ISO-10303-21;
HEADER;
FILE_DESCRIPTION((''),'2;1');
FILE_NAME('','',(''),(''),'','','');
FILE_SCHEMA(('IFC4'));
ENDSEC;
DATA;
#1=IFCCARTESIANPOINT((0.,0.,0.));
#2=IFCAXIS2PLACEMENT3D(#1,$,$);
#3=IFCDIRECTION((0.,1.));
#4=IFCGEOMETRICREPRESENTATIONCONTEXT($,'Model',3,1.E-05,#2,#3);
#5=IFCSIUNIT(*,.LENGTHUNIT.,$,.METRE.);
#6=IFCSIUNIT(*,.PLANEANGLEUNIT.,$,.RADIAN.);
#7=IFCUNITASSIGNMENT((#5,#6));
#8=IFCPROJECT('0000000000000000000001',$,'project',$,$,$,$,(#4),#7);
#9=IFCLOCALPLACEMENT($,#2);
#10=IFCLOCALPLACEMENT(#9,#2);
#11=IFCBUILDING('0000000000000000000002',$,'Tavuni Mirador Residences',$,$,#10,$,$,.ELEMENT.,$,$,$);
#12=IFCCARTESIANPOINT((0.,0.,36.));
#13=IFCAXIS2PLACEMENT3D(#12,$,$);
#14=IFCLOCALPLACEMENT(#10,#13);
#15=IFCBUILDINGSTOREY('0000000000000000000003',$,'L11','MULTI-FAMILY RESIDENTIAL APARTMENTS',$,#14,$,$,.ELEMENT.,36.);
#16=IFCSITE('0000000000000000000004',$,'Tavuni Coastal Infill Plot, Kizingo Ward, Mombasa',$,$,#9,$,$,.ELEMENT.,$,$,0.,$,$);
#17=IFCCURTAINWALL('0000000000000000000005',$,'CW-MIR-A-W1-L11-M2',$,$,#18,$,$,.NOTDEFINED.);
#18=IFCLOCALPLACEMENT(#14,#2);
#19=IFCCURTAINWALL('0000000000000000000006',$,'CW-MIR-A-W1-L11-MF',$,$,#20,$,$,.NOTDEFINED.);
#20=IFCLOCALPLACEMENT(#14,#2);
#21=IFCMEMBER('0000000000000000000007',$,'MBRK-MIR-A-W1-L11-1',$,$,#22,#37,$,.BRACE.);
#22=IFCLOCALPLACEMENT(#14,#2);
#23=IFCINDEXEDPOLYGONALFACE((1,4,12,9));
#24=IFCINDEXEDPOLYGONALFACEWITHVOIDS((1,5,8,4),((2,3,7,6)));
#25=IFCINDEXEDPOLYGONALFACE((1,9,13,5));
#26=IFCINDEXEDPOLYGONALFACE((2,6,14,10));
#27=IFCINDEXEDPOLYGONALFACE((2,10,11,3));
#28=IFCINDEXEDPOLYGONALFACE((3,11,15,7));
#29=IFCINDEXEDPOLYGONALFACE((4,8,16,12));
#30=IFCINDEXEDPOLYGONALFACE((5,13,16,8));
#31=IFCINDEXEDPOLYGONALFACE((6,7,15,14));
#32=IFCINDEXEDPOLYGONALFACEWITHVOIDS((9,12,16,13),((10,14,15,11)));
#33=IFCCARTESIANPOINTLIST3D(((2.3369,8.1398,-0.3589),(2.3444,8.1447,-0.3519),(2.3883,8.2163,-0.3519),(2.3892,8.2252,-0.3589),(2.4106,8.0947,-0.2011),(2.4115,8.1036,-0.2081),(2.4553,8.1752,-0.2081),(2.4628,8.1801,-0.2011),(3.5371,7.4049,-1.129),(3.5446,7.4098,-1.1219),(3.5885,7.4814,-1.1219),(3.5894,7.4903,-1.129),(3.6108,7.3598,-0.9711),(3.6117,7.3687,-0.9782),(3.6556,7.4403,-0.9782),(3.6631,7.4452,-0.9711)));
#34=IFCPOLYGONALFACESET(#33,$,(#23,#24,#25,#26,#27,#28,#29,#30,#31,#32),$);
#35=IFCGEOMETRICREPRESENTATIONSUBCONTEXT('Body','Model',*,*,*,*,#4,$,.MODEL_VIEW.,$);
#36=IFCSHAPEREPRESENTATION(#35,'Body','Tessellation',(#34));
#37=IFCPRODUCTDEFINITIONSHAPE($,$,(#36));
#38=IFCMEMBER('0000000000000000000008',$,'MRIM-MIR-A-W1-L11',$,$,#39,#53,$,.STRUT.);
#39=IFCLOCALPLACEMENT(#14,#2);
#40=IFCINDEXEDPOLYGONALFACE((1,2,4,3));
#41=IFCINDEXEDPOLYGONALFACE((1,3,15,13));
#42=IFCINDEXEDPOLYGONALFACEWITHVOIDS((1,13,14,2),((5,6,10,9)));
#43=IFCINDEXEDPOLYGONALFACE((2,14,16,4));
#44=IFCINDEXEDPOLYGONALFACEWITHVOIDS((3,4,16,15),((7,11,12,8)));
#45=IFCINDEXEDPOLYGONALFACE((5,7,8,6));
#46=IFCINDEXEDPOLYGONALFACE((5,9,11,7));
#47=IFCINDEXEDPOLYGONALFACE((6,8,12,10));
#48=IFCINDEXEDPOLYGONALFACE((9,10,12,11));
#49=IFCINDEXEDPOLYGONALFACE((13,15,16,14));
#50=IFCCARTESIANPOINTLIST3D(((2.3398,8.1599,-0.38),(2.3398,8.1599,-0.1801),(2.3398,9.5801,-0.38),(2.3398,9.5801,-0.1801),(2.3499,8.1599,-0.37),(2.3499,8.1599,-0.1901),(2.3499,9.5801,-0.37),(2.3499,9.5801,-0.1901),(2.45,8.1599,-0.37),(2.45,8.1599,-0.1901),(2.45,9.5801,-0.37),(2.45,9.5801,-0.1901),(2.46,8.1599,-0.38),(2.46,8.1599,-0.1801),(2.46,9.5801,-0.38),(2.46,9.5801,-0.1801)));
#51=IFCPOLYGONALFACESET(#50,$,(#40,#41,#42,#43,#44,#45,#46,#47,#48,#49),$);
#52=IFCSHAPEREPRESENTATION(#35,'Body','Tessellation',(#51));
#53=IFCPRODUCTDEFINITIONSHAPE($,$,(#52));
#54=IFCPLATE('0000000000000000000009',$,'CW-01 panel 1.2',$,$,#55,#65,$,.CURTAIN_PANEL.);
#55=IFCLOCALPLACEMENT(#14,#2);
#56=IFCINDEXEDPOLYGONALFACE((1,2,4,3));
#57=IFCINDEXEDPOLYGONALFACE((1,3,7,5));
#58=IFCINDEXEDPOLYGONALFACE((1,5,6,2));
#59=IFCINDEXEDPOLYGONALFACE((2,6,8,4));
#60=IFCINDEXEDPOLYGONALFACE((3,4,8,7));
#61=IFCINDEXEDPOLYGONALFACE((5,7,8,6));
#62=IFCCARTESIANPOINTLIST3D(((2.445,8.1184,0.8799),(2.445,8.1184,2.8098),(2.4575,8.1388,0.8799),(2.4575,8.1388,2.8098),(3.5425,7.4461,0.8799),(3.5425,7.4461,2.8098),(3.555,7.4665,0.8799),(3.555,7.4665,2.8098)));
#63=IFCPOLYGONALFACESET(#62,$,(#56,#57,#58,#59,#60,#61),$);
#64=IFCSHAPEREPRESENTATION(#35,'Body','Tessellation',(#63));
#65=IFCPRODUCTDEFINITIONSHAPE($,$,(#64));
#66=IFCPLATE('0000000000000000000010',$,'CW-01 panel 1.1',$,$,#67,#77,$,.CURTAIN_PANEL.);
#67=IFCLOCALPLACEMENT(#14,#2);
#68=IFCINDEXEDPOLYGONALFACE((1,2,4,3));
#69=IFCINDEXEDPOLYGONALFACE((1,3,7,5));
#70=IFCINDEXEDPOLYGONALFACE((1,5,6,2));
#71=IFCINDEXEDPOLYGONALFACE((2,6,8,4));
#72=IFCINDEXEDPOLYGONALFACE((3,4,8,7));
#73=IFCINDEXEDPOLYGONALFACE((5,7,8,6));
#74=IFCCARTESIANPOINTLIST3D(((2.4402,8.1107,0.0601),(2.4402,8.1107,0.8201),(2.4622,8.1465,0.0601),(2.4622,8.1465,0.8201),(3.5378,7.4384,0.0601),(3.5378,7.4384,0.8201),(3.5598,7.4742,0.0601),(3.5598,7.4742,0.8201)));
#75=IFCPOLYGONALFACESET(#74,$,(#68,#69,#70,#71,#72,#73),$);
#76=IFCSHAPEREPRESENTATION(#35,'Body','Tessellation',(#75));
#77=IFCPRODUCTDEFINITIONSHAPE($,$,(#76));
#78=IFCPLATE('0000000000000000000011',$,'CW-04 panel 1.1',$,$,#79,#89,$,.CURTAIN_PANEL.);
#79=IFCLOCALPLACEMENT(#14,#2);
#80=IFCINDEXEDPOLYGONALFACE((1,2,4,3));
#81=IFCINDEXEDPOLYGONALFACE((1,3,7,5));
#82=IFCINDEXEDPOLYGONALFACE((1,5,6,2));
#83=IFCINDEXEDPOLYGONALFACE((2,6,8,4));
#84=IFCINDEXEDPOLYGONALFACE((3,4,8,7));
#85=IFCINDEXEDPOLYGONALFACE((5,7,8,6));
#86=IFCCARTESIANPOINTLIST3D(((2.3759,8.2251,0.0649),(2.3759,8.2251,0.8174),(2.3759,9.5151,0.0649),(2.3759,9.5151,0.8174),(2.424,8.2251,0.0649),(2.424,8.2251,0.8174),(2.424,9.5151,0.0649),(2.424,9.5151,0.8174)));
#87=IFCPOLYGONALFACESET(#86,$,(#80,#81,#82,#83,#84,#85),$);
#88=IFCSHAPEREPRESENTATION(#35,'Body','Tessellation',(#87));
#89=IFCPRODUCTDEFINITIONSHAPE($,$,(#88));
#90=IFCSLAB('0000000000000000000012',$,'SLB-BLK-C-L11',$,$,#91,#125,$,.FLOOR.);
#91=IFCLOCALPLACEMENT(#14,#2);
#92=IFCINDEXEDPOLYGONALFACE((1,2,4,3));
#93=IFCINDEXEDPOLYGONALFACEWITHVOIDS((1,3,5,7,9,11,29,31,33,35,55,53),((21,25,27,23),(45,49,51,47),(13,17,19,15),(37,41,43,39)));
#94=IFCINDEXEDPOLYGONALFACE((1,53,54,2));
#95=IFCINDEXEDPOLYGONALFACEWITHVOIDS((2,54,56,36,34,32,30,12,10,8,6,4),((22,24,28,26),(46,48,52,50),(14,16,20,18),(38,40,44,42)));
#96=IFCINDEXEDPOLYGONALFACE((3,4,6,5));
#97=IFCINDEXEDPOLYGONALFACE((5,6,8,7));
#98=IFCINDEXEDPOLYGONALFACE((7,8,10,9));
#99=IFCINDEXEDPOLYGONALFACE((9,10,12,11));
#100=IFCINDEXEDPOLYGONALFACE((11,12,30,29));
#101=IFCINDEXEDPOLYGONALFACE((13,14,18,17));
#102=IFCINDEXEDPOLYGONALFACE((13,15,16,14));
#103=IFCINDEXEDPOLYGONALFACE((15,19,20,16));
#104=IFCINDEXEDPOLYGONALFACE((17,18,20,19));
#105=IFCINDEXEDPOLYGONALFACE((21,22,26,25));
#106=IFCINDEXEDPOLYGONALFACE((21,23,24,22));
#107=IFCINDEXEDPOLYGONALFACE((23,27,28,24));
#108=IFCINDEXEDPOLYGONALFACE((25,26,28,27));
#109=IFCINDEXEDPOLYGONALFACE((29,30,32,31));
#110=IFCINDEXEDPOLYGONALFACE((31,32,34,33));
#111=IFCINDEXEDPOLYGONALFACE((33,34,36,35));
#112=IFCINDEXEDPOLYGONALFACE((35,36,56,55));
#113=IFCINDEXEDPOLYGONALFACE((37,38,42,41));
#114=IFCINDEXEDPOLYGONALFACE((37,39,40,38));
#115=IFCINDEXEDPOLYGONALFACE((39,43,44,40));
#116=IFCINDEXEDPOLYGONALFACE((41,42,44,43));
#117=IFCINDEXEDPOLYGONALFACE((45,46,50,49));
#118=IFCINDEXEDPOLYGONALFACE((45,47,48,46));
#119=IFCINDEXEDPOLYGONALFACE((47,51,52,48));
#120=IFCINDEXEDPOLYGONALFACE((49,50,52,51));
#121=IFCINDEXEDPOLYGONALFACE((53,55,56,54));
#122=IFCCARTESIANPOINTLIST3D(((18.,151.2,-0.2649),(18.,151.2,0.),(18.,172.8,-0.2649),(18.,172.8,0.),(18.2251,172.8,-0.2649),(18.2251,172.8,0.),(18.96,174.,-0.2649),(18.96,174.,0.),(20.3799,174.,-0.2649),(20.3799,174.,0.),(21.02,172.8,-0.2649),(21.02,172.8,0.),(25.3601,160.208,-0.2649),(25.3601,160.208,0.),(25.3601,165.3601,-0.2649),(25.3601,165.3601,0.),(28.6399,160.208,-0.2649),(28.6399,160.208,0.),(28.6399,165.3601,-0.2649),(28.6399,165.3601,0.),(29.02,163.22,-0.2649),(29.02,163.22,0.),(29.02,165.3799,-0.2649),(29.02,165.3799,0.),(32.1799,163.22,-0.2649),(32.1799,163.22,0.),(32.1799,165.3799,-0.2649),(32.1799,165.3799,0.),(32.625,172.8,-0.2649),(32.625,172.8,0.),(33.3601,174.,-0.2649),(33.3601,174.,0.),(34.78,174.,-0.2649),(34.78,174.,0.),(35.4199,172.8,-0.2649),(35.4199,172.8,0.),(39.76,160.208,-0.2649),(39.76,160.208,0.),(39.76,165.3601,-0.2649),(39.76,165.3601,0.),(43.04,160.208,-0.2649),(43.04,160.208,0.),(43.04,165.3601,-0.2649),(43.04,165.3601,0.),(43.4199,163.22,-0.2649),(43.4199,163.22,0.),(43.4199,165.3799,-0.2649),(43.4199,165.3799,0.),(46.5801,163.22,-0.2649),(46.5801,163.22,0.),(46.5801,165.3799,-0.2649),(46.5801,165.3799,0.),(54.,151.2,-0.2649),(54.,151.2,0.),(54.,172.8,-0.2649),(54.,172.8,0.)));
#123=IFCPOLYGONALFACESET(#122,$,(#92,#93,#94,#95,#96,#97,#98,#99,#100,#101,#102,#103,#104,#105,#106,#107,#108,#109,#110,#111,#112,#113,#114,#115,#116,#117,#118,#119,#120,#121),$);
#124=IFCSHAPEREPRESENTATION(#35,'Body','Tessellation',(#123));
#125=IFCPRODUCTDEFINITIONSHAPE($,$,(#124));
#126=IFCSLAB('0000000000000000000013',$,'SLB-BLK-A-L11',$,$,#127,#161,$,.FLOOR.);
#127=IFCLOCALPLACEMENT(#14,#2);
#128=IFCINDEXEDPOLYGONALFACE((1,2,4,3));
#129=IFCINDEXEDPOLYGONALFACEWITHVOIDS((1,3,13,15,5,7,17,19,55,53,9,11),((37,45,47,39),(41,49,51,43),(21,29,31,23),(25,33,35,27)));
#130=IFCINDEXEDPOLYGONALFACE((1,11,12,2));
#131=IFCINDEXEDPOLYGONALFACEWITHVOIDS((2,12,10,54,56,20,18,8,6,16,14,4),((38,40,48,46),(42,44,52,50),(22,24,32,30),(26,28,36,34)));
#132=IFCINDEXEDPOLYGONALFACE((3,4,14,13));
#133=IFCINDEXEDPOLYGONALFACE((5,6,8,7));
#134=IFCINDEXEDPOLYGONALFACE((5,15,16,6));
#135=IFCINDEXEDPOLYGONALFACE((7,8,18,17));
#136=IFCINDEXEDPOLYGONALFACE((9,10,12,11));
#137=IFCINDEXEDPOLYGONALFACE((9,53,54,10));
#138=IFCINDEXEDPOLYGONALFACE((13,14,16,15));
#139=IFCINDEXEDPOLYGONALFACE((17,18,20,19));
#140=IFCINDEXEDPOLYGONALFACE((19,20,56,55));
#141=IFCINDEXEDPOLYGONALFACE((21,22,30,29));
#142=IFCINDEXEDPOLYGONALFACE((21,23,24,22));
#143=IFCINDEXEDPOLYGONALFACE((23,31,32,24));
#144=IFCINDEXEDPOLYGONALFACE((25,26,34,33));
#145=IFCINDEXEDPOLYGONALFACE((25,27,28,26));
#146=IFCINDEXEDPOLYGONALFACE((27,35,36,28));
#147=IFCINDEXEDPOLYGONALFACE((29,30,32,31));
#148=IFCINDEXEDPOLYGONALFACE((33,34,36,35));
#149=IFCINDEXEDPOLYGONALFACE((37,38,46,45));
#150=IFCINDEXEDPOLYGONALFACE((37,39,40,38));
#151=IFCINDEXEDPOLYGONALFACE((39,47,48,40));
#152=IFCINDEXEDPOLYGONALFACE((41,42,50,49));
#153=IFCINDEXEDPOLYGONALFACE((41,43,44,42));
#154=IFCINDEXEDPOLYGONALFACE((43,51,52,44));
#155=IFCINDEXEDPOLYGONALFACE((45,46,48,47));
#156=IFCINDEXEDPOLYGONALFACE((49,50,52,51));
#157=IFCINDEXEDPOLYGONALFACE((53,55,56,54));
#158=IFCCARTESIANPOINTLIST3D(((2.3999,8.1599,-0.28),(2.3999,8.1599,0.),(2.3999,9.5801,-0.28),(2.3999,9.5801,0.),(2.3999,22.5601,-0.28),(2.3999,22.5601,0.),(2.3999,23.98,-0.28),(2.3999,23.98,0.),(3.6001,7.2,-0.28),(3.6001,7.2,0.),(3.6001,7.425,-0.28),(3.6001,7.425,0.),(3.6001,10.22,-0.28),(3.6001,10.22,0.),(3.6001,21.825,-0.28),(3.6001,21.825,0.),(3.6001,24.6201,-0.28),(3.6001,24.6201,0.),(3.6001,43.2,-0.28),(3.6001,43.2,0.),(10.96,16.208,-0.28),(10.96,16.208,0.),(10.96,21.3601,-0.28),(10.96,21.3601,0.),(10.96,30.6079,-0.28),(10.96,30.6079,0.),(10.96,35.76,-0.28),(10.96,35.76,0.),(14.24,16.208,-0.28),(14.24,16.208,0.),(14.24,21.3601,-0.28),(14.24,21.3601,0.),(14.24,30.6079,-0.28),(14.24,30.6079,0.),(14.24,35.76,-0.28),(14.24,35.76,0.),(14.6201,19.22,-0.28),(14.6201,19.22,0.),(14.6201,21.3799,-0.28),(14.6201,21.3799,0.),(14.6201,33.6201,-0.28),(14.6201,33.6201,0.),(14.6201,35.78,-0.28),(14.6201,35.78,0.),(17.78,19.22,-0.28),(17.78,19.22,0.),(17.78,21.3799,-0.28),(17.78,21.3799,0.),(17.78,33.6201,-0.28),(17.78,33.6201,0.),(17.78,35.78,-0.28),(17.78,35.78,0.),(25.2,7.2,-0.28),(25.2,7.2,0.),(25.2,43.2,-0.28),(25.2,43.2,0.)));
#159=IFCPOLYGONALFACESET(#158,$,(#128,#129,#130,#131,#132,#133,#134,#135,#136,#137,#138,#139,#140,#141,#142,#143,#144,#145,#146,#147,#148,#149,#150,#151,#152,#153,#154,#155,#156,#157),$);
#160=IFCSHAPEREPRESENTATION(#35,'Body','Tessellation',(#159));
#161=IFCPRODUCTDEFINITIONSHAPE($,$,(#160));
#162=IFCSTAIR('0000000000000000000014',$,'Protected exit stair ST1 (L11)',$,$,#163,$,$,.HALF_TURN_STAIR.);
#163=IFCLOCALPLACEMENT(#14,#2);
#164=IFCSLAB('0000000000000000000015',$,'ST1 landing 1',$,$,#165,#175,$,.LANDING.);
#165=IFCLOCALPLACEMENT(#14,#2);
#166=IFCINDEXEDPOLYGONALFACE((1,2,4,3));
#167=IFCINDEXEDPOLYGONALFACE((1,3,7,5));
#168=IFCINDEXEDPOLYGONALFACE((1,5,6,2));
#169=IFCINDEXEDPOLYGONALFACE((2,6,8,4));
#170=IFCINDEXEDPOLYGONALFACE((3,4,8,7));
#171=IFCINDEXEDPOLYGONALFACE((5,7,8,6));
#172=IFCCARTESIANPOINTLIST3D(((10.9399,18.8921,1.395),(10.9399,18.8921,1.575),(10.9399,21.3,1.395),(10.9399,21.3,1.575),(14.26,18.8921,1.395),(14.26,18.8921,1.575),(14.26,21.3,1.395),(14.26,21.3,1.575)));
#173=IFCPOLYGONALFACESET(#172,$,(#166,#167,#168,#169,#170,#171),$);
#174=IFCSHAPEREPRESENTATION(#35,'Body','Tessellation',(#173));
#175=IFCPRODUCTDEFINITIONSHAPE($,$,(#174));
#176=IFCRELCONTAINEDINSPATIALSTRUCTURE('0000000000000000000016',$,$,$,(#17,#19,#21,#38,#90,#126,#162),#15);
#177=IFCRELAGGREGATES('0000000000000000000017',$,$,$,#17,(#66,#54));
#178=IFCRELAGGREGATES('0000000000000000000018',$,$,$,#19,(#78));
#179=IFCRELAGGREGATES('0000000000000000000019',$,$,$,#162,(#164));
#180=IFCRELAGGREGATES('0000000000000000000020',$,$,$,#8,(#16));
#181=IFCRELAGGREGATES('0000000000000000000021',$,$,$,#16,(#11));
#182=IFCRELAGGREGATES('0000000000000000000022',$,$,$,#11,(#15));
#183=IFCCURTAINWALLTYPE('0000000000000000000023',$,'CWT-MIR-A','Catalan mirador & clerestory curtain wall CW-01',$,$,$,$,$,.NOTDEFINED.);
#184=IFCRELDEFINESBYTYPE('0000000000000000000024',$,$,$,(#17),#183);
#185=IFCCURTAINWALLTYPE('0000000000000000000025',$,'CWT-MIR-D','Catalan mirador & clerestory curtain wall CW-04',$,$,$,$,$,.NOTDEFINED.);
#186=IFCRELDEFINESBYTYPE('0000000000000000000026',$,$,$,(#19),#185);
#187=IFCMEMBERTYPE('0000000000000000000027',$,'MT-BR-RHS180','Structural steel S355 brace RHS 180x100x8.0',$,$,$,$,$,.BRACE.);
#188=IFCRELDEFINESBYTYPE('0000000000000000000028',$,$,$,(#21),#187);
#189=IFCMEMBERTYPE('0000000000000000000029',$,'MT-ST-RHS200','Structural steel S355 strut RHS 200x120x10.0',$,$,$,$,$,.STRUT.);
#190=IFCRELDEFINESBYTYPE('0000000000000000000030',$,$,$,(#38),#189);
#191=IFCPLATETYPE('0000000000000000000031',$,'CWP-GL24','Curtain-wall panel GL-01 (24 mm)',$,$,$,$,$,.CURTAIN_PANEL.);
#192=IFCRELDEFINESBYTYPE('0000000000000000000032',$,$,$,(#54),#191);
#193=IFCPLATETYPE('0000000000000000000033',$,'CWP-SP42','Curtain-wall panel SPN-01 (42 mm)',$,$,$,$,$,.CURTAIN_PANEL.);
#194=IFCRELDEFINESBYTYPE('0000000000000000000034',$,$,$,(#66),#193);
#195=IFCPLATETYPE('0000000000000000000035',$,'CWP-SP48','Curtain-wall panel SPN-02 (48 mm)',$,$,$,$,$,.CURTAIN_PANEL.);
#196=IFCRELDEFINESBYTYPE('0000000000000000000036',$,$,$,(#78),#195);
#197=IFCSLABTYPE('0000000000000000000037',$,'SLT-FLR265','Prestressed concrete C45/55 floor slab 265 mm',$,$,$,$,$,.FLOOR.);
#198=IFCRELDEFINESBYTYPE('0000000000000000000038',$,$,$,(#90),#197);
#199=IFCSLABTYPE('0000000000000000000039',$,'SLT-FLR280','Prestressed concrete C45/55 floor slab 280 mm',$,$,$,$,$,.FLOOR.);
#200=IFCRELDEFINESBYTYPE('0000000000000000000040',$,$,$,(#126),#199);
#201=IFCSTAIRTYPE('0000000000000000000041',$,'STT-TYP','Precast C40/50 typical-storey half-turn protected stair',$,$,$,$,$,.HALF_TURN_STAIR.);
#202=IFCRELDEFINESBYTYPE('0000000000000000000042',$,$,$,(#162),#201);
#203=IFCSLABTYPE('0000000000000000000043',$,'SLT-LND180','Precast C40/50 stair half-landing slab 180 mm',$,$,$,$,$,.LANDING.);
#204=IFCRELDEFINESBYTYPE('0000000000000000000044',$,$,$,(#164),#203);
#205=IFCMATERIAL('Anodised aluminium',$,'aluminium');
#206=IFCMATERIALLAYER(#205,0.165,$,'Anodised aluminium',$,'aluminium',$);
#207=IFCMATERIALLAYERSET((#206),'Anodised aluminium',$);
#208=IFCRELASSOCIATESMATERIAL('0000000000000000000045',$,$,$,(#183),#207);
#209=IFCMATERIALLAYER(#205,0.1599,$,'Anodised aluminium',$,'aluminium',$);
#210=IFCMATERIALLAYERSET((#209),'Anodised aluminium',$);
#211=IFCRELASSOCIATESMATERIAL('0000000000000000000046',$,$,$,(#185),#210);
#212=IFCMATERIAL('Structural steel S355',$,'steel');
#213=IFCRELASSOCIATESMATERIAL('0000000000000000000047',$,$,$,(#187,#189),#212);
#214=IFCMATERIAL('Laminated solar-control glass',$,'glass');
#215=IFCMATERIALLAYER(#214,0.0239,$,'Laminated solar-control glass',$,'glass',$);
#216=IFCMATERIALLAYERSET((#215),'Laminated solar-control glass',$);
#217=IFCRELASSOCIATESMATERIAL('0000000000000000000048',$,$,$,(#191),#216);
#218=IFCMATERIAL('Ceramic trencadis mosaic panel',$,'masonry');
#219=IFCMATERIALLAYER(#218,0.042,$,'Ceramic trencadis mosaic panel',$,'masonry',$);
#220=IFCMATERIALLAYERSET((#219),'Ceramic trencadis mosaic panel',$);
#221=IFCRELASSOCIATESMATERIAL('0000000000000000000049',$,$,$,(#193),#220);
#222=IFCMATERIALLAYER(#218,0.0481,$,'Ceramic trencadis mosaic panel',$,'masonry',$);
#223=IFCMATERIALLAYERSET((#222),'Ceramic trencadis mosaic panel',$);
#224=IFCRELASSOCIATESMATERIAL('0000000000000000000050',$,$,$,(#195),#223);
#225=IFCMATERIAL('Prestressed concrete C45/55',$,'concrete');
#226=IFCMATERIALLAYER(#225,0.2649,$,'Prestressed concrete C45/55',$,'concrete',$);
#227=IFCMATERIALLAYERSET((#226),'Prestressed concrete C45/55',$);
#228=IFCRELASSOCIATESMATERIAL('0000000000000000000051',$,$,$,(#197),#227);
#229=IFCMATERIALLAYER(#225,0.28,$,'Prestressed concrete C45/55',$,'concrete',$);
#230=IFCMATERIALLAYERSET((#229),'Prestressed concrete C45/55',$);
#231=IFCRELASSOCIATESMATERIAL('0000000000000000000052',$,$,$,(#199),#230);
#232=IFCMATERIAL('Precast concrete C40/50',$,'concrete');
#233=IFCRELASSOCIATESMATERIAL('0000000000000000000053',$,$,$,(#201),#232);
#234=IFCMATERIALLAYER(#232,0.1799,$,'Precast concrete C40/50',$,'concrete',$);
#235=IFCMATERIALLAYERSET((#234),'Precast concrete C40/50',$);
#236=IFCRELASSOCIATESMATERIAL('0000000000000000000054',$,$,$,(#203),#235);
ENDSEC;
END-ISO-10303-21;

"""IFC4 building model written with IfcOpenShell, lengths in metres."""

from ifc_helpers import new_model, si_unit, direction, frame, origin, origin_2d, place, context, subcontext, project, spatial, polyline, rectangle, hollow_rectangle, outline, extrude, material, layer, layer_set, material_profile, profile_set, type_object, element, aggregate, save


model = new_model("IFC4")

# Units and contexts
model_context = context("Model", 3, precision=1e-05, world=origin(), true_north=direction((0.0, 1.0)))
body_context = subcontext(model_context, "Body", "Model", "MODEL_VIEW")
ifc_project = project(units=[si_unit("LENGTHUNIT", "METRE"), si_unit("PLANEANGLEUNIT", "RADIAN")], contexts=[model_context])

# Site, building, storey
site_placement = place(None, origin())
site = spatial("IfcSite", under=ifc_project, at=site_placement, Name="Tavuni Coastal Infill Plot, Kizingo Ward, Mombasa", CompositionType="ELEMENT", RefElevation=0.0)
building_placement = place(site_placement, origin())
building = spatial("IfcBuilding", under=site, at=building_placement, Name="Tavuni Mirador Residences", CompositionType="ELEMENT")
storey_placement = place(building_placement, frame((0.0, 0.0, 36.0)))
storey = spatial("IfcBuildingStorey", under=building, at=storey_placement, Name="L11", Description="MULTI-FAMILY RESIDENTIAL APARTMENTS", CompositionType="ELEMENT", Elevation=36.0)

# Shared definitions
ifc_material_1 = material(Name="Precast concrete C40/50", Category="concrete")

# Curtain wall
ifc_material_2 = material(Name="Anodised aluminium", Category="aluminium")
ifc_layer_1 = layer(ifc_material_2, 0.165, Name="Anodised aluminium", Category="aluminium")
ifc_layer_set_1 = layer_set([ifc_layer_1], Name="Anodised aluminium")
curtain_wall_type_1 = type_object("IfcCurtainWallType", Name="CWT-MIR-A", Description="Catalan mirador & clerestory curtain wall CW-01", PredefinedType="NOTDEFINED", material=ifc_layer_set_1)
curtain_wall_1_placement = place(storey_placement, origin())
curtain_wall_1 = element("IfcCurtainWall", 1, at=curtain_wall_1_placement, inside=storey, type_object=curtain_wall_type_1, Name="CW-MIR-A-W1-L11-M2", PredefinedType="NOTDEFINED")

# Curtain wall
ifc_layer_2 = layer(ifc_material_2, 0.1599, Name="Anodised aluminium", Category="aluminium")
ifc_layer_set_2 = layer_set([ifc_layer_2], Name="Anodised aluminium")
curtain_wall_type_2 = type_object("IfcCurtainWallType", Name="CWT-MIR-D", Description="Catalan mirador & clerestory curtain wall CW-04", PredefinedType="NOTDEFINED", material=ifc_layer_set_2)
curtain_wall_2_placement = place(storey_placement, origin())
curtain_wall_2 = element("IfcCurtainWall", 2, at=curtain_wall_2_placement, inside=storey, type_object=curtain_wall_type_2, Name="CW-MIR-A-W1-L11-MF", PredefinedType="NOTDEFINED")

# Members
ifc_material_3 = material(Name="Structural steel S355", Category="steel")
ifc_material_profile_1 = material_profile(ifc_material_3, hollow_rectangle(XDim=0.1001, YDim=0.1799, WallThickness=0.0081, at=origin_2d()), Name="RHS 180x100x8.0", Category="steel")
ifc_profile_set_1 = profile_set([ifc_material_profile_1], Name="Structural steel S355")
member_type_1 = type_object("IfcMemberType", Name="MT-BR-RHS180", Description="Structural steel S355 brace RHS 180x100x8.0", PredefinedType="BRACE", material=ifc_profile_set_1)
member_1_placement = place(storey_placement, frame((3.6001, 7.425, -1.05), z_axis=(-0.748163, 0.45809, 0.480005), x_axis=(-0.52218, -0.852836, 0.0)))
element("IfcMember", 3, at=member_1_placement, inside=storey, type_object=member_type_1, Name="MBRK-MIR-A-W1-L11-1", PredefinedType="BRACE", context=body_context, shape_type="SweptSolid", body=[
    extrude(hollow_rectangle(XDim=0.1001, YDim=0.1799, WallThickness=0.0081, at=origin_2d()), origin(), (0.0, 0.0, 1.0), 1.6042),
])
ifc_material_profile_2 = material_profile(ifc_material_3, hollow_rectangle(XDim=0.1201, YDim=0.2, WallThickness=0.01, at=origin_2d()), Name="RHS 200x120x10.0", Category="steel")
ifc_profile_set_2 = profile_set([ifc_material_profile_2], Name="Structural steel S355")
member_type_2 = type_object("IfcMemberType", Name="MT-ST-RHS200", Description="Structural steel S355 strut RHS 200x120x10.0", PredefinedType="STRUT", material=ifc_profile_set_2)
member_2_placement = place(storey_placement, frame((2.3999, 8.1599, -0.28), z_axis=(0.0, 1.0, 0.0), x_axis=(-1.0, 0.0, 0.0)))
element("IfcMember", 4, at=member_2_placement, inside=storey, type_object=member_type_2, Name="MRIM-MIR-A-W1-L11", PredefinedType="STRUT", context=body_context, shape_type="SweptSolid", body=[
    extrude(hollow_rectangle(XDim=0.1201, YDim=0.2, WallThickness=0.01, at=origin_2d()), origin(), (0.0, 0.0, 1.0), 1.4202),
])

# Plates
ifc_material_4 = material(Name="Laminated solar-control glass", Category="glass")
ifc_layer_3 = layer(ifc_material_4, 0.0239, Name="Laminated solar-control glass", Category="glass")
ifc_layer_set_3 = layer_set([ifc_layer_3], Name="Laminated solar-control glass")
plate_type_1 = type_object("IfcPlateType", Name="CWP-GL24", Description="Curtain-wall panel GL-01 (24 mm)", PredefinedType="CURTAIN_PANEL", material=ifc_layer_set_3)
plate_1_placement = place(storey_placement, frame((3.0, 7.7925, 0.8799), z_axis=(0.0, 0.0, 1.0), x_axis=(0.852754, -0.522312, 0.0)))
plate_1 = element("IfcPlate", 5, at=plate_1_placement, type_object=plate_type_1, Name="CW-01 panel 1.2", PredefinedType="CURTAIN_PANEL", context=body_context, shape_type="SweptSolid", body=[
    extrude(rectangle(XDim=1.2871, YDim=0.0239, at=origin_2d()), origin(), (0.0, 0.0, 1.0), 1.9299),
])
ifc_material_5 = material(Name="Ceramic trencadis mosaic panel", Category="masonry")
ifc_layer_4 = layer(ifc_material_5, 0.042, Name="Ceramic trencadis mosaic panel", Category="masonry")
ifc_layer_set_4 = layer_set([ifc_layer_4], Name="Ceramic trencadis mosaic panel")
plate_type_2 = type_object("IfcPlateType", Name="CWP-SP42", Description="Curtain-wall panel SPN-01 (42 mm)", PredefinedType="CURTAIN_PANEL", material=ifc_layer_set_4)
plate_2_placement = place(storey_placement, frame((3.0, 7.7925, 0.0601), z_axis=(0.0, 0.0, 1.0), x_axis=(0.852754, -0.522312, 0.0)))
plate_2 = element("IfcPlate", 6, at=plate_2_placement, type_object=plate_type_2, Name="CW-01 panel 1.1", PredefinedType="CURTAIN_PANEL", context=body_context, shape_type="SweptSolid", body=[
    extrude(rectangle(XDim=1.2871, YDim=0.042, at=origin_2d()), origin(), (0.0, 0.0, 1.0), 0.76),
])
aggregate(curtain_wall_1, [plate_2, plate_1])
ifc_layer_5 = layer(ifc_material_5, 0.0481, Name="Ceramic trencadis mosaic panel", Category="masonry")
ifc_layer_set_5 = layer_set([ifc_layer_5], Name="Ceramic trencadis mosaic panel")
plate_type_3 = type_object("IfcPlateType", Name="CWP-SP48", Description="Curtain-wall panel SPN-02 (48 mm)", PredefinedType="CURTAIN_PANEL", material=ifc_layer_set_5)
plate_3_placement = place(storey_placement, frame((2.3999, 8.8701, 0.0649), z_axis=(0.0, 0.0, 1.0), x_axis=(0.0, -1.0, 0.0)))
plate_3 = element("IfcPlate", 7, at=plate_3_placement, type_object=plate_type_3, Name="CW-04 panel 1.1", PredefinedType="CURTAIN_PANEL", context=body_context, shape_type="SweptSolid", body=[
    extrude(rectangle(XDim=1.29, YDim=0.0481, at=origin_2d()), origin(), (0.0, 0.0, 1.0), 0.7524),
])
aggregate(curtain_wall_2, [plate_3])

# Slabs
ifc_material_6 = material(Name="Prestressed concrete C45/55", Category="concrete")
ifc_layer_6 = layer(ifc_material_6, 0.2649, Name="Prestressed concrete C45/55", Category="concrete")
ifc_layer_set_6 = layer_set([ifc_layer_6], Name="Prestressed concrete C45/55")
slab_type_1 = type_object("IfcSlabType", Name="SLT-FLR265", Description="Prestressed concrete C45/55 floor slab 265 mm", PredefinedType="FLOOR", material=ifc_layer_set_6)
slab_1_placement = place(storey_placement, frame((0.0, 0.0, -0.2649)))
element("IfcSlab", 8, at=slab_1_placement, inside=storey, type_object=slab_type_1, Name="SLB-BLK-C-L11", PredefinedType="FLOOR", context=body_context, shape_type="SweptSolid", body=[
    extrude(outline(polyline([(18.0, 151.2), (54.0, 151.2), (54.0, 172.8), (35.4199, 172.8), (34.78, 174.0), (33.3601, 174.0), (32.625, 172.8), (21.02, 172.8), (20.3799, 174.0), (18.96, 174.0), (18.2251, 172.8), (18.0, 172.8), (18.0, 151.2)]), holes=[polyline([(25.3601, 160.208), (28.6399, 160.208), (28.6399, 165.3601), (25.3601, 165.3601), (25.3601, 160.208)]), polyline([(29.02, 163.22), (32.1799, 163.22), (32.1799, 165.3799), (29.02, 165.3799), (29.02, 163.22)]), polyline([(39.76, 160.208), (43.04, 160.208), (43.04, 165.3601), (39.76, 165.3601), (39.76, 160.208)]), polyline([(43.4199, 163.22), (46.5801, 163.22), (46.5801, 165.3799), (43.4199, 165.3799), (43.4199, 163.22)])]), origin(), (0.0, 0.0, 1.0), 0.2649),
])
ifc_layer_7 = layer(ifc_material_6, 0.28, Name="Prestressed concrete C45/55", Category="concrete")
ifc_layer_set_7 = layer_set([ifc_layer_7], Name="Prestressed concrete C45/55")
slab_type_2 = type_object("IfcSlabType", Name="SLT-FLR280", Description="Prestressed concrete C45/55 floor slab 280 mm", PredefinedType="FLOOR", material=ifc_layer_set_7)
slab_2_placement = place(storey_placement, frame((0.0, 0.0, -0.28)))
element("IfcSlab", 9, at=slab_2_placement, inside=storey, type_object=slab_type_2, Name="SLB-BLK-A-L11", PredefinedType="FLOOR", context=body_context, shape_type="SweptSolid", body=[
    extrude(outline(polyline([(3.6001, 7.2), (25.2, 7.2), (25.2, 43.2), (3.6001, 43.2), (3.6001, 24.6201), (2.3999, 23.98), (2.3999, 22.5601), (3.6001, 21.825), (3.6001, 10.22), (2.3999, 9.5801), (2.3999, 8.1599), (3.6001, 7.425), (3.6001, 7.2)]), holes=[polyline([(10.96, 16.208), (14.24, 16.208), (14.24, 21.3601), (10.96, 21.3601), (10.96, 16.208)]), polyline([(14.6201, 19.22), (17.78, 19.22), (17.78, 21.3799), (14.6201, 21.3799), (14.6201, 19.22)]), polyline([(10.96, 30.6079), (14.24, 30.6079), (14.24, 35.76), (10.96, 35.76), (10.96, 30.6079)]), polyline([(14.6201, 33.6201), (17.78, 33.6201), (17.78, 35.78), (14.6201, 35.78), (14.6201, 33.6201)])]), origin(), (0.0, 0.0, 1.0), 0.28),
])

# Stair, slab
stair_type = type_object("IfcStairType", Name="STT-TYP", Description="Precast C40/50 typical-storey half-turn protected stair", PredefinedType="HALF_TURN_STAIR", material=ifc_material_1)
stair_1_placement = place(storey_placement, origin())
stair_1 = element("IfcStair", 10, at=stair_1_placement, inside=storey, type_object=stair_type, Name="Protected exit stair ST1 (L11)", PredefinedType="HALF_TURN_STAIR")
ifc_layer_8 = layer(ifc_material_1, 0.1799, Name="Precast concrete C40/50", Category="concrete")
ifc_layer_set_8 = layer_set([ifc_layer_8], Name="Precast concrete C40/50")
slab_type_3 = type_object("IfcSlabType", Name="SLT-LND180", Description="Precast C40/50 stair half-landing slab 180 mm", PredefinedType="LANDING", material=ifc_layer_set_8)
slab_3_placement = place(storey_placement, frame((0.0, 0.0, 1.395)))
slab_3 = element("IfcSlab", 11, at=slab_3_placement, type_object=slab_type_3, Name="ST1 landing 1", PredefinedType="LANDING", context=body_context, shape_type="SweptSolid", body=[
    extrude(outline(polyline([(10.9399, 18.8921), (14.26, 18.8921), (14.26, 21.3), (10.9399, 21.3), (10.9399, 18.8921)])), origin(), (0.0, 0.0, 1.0), 0.1799),
])
aggregate(stair_1, [slab_3])

save(model, "model.ifc")
